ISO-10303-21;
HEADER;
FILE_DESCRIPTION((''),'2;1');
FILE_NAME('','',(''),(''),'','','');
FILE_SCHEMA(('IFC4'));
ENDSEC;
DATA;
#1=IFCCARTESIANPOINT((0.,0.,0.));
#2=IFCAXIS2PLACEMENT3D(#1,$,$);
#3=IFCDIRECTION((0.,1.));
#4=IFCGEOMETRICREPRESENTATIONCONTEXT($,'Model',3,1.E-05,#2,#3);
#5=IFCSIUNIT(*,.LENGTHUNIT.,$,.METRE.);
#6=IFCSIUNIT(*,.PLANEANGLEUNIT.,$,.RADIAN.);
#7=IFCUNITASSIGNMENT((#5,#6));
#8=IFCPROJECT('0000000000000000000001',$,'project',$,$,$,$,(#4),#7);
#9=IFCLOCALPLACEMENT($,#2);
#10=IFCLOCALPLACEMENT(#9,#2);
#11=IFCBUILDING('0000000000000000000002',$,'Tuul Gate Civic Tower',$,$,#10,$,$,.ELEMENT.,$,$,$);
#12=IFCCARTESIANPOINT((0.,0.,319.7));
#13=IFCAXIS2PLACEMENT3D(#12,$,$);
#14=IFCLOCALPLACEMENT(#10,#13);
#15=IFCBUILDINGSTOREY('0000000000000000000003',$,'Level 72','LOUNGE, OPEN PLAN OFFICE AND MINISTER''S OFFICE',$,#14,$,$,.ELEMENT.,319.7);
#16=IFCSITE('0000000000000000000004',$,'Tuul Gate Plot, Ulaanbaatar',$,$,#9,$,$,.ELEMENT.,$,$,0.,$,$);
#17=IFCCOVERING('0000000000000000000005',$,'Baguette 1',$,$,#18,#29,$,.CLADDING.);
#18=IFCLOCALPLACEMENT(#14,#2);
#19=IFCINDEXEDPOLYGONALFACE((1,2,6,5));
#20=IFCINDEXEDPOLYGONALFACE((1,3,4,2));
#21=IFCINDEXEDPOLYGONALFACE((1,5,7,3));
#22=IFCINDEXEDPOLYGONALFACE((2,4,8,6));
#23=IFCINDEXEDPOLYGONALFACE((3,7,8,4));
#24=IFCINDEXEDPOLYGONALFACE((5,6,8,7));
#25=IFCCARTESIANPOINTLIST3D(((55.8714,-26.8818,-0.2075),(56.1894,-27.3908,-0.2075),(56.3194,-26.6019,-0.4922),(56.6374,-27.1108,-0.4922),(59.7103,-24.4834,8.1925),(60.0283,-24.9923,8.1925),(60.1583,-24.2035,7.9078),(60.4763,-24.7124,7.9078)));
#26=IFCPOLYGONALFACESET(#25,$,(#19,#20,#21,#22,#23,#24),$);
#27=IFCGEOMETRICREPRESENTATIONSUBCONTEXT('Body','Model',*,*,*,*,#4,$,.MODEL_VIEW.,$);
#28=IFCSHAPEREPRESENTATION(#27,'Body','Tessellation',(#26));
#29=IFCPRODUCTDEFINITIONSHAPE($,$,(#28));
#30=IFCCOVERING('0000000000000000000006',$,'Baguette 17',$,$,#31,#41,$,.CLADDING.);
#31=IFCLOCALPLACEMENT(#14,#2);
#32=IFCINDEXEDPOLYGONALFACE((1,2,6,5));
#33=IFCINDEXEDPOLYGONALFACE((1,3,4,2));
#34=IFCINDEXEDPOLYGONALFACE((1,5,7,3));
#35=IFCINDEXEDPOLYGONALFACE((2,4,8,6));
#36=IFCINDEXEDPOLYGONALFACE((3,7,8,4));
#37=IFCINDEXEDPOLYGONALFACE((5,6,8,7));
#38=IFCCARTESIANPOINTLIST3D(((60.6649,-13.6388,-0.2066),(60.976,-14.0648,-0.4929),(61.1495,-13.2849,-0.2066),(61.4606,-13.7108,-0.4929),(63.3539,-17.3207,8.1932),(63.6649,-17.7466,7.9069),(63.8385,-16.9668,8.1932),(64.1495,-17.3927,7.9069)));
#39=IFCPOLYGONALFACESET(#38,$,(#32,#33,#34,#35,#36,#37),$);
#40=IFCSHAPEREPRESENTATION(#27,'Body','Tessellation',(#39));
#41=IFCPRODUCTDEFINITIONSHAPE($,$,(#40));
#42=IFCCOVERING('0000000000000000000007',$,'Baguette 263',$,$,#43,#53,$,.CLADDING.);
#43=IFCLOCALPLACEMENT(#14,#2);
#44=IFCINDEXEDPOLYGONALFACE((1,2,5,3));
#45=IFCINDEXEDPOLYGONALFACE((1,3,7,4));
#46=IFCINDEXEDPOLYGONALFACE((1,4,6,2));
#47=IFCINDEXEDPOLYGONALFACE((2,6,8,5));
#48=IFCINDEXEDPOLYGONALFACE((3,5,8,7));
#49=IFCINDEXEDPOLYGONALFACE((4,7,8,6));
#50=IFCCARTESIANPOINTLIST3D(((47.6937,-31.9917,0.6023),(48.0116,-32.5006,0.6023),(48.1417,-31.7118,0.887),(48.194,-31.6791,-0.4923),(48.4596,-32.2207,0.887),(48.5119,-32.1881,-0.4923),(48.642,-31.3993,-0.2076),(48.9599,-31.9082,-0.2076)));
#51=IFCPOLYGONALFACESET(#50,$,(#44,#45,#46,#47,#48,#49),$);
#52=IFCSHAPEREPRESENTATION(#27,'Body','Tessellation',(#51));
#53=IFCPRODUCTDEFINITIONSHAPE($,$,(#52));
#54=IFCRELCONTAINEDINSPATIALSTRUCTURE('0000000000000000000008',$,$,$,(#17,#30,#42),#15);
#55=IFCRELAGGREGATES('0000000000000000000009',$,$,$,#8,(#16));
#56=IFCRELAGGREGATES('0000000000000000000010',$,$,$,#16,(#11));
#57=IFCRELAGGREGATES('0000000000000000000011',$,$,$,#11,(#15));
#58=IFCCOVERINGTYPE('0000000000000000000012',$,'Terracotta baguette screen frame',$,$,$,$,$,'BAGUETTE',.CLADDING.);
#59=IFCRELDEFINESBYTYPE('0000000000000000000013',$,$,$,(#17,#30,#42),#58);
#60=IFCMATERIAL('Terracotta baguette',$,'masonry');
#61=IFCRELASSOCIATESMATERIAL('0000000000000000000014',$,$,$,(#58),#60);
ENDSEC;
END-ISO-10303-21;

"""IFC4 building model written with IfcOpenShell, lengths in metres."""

from ifc_helpers import new_model, si_unit, direction, frame, origin, origin_2d, place, context, subcontext, project, spatial, rectangle, extrude, material, material_profile, profile_set, type_object, element, save


model = new_model("IFC4")

# Units and contexts
model_context = context("Model", 3, precision=1e-05, world=origin(), true_north=direction((0.0, 1.0)))
body_context = subcontext(model_context, "Body", "Model", "MODEL_VIEW")
ifc_project = project(units=[si_unit("LENGTHUNIT", "METRE"), si_unit("PLANEANGLEUNIT", "RADIAN")], contexts=[model_context])

# Site, building, storey
site_placement = place(None, origin())
site = spatial("IfcSite", under=ifc_project, at=site_placement, Name="Tuul Gate Plot, Ulaanbaatar", CompositionType="ELEMENT", RefElevation=0.0)
building_placement = place(site_placement, origin())
building = spatial("IfcBuilding", under=site, at=building_placement, Name="Tuul Gate Civic Tower", CompositionType="ELEMENT")
storey_placement = place(building_placement, frame((0.0, 0.0, 319.7)))
storey = spatial("IfcBuildingStorey", under=building, at=storey_placement, Name="Level 72", Description="LOUNGE, OPEN PLAN OFFICE AND MINISTER'S OFFICE", CompositionType="ELEMENT", Elevation=319.7)

# Coverings
ifc_material_1 = material(Name="Terracotta baguette", Category="masonry")
ifc_material_profile_1 = material_profile(ifc_material_1, rectangle(XDim=0.6001, YDim=0.6001, at=origin_2d()), Name="Terracotta baguette screen frame")
ifc_profile_set_1 = profile_set([ifc_material_profile_1], Name="Terracotta baguette")
covering_type = type_object("IfcCoveringType", Name="Terracotta baguette screen frame", ElementType="BAGUETTE", PredefinedType="CLADDING", material=ifc_profile_set_1)
covering_1_placement = place(storey_placement, frame((56.2544, -26.9963, -0.3499), z_axis=(0.402317, 0.251359, 0.880318), x_axis=(-0.529863, 0.848083, 0.0)))
element("IfcCovering", 1, at=covering_1_placement, inside=storey, type_object=covering_type, Name="Baguette 1", PredefinedType="CLADDING", context=body_context, shape_type="SweptSolid", body=[
    extrude(rectangle(XDim=0.6001, YDim=0.6001, at=origin_2d()), origin(), (0.0, 0.0, 1.0), 9.542),
])
covering_2_placement = place(storey_placement, frame((63.7517, -17.3567, 8.05), z_axis=(-0.281347, 0.385236, -0.878884), x_axis=(-0.807563, -0.589782, 0.0)))
element("IfcCovering", 2, at=covering_2_placement, inside=storey, type_object=covering_type, Name="Baguette 17", PredefinedType="CLADDING", context=body_context, shape_type="SweptSolid", body=[
    extrude(rectangle(XDim=0.6001, YDim=0.6001, at=origin_2d()), origin(), (0.0, 0.0, 1.0), 9.5574),
])
covering_3_placement = place(storey_placement, frame((48.0767, -32.1062, 0.7446), z_axis=(0.402352, 0.251347, -0.880305), x_axis=(-0.529813, 0.848115, 0.0)))
element("IfcCovering", 3, at=covering_3_placement, inside=storey, type_object=covering_type, Name="Baguette 263", PredefinedType="CLADDING", context=body_context, shape_type="SweptSolid", body=[
    extrude(rectangle(XDim=0.6001, YDim=0.6001, at=origin_2d()), origin(), (0.0, 0.0, 1.0), 1.2434),
])

save(model, "model.ifc")
